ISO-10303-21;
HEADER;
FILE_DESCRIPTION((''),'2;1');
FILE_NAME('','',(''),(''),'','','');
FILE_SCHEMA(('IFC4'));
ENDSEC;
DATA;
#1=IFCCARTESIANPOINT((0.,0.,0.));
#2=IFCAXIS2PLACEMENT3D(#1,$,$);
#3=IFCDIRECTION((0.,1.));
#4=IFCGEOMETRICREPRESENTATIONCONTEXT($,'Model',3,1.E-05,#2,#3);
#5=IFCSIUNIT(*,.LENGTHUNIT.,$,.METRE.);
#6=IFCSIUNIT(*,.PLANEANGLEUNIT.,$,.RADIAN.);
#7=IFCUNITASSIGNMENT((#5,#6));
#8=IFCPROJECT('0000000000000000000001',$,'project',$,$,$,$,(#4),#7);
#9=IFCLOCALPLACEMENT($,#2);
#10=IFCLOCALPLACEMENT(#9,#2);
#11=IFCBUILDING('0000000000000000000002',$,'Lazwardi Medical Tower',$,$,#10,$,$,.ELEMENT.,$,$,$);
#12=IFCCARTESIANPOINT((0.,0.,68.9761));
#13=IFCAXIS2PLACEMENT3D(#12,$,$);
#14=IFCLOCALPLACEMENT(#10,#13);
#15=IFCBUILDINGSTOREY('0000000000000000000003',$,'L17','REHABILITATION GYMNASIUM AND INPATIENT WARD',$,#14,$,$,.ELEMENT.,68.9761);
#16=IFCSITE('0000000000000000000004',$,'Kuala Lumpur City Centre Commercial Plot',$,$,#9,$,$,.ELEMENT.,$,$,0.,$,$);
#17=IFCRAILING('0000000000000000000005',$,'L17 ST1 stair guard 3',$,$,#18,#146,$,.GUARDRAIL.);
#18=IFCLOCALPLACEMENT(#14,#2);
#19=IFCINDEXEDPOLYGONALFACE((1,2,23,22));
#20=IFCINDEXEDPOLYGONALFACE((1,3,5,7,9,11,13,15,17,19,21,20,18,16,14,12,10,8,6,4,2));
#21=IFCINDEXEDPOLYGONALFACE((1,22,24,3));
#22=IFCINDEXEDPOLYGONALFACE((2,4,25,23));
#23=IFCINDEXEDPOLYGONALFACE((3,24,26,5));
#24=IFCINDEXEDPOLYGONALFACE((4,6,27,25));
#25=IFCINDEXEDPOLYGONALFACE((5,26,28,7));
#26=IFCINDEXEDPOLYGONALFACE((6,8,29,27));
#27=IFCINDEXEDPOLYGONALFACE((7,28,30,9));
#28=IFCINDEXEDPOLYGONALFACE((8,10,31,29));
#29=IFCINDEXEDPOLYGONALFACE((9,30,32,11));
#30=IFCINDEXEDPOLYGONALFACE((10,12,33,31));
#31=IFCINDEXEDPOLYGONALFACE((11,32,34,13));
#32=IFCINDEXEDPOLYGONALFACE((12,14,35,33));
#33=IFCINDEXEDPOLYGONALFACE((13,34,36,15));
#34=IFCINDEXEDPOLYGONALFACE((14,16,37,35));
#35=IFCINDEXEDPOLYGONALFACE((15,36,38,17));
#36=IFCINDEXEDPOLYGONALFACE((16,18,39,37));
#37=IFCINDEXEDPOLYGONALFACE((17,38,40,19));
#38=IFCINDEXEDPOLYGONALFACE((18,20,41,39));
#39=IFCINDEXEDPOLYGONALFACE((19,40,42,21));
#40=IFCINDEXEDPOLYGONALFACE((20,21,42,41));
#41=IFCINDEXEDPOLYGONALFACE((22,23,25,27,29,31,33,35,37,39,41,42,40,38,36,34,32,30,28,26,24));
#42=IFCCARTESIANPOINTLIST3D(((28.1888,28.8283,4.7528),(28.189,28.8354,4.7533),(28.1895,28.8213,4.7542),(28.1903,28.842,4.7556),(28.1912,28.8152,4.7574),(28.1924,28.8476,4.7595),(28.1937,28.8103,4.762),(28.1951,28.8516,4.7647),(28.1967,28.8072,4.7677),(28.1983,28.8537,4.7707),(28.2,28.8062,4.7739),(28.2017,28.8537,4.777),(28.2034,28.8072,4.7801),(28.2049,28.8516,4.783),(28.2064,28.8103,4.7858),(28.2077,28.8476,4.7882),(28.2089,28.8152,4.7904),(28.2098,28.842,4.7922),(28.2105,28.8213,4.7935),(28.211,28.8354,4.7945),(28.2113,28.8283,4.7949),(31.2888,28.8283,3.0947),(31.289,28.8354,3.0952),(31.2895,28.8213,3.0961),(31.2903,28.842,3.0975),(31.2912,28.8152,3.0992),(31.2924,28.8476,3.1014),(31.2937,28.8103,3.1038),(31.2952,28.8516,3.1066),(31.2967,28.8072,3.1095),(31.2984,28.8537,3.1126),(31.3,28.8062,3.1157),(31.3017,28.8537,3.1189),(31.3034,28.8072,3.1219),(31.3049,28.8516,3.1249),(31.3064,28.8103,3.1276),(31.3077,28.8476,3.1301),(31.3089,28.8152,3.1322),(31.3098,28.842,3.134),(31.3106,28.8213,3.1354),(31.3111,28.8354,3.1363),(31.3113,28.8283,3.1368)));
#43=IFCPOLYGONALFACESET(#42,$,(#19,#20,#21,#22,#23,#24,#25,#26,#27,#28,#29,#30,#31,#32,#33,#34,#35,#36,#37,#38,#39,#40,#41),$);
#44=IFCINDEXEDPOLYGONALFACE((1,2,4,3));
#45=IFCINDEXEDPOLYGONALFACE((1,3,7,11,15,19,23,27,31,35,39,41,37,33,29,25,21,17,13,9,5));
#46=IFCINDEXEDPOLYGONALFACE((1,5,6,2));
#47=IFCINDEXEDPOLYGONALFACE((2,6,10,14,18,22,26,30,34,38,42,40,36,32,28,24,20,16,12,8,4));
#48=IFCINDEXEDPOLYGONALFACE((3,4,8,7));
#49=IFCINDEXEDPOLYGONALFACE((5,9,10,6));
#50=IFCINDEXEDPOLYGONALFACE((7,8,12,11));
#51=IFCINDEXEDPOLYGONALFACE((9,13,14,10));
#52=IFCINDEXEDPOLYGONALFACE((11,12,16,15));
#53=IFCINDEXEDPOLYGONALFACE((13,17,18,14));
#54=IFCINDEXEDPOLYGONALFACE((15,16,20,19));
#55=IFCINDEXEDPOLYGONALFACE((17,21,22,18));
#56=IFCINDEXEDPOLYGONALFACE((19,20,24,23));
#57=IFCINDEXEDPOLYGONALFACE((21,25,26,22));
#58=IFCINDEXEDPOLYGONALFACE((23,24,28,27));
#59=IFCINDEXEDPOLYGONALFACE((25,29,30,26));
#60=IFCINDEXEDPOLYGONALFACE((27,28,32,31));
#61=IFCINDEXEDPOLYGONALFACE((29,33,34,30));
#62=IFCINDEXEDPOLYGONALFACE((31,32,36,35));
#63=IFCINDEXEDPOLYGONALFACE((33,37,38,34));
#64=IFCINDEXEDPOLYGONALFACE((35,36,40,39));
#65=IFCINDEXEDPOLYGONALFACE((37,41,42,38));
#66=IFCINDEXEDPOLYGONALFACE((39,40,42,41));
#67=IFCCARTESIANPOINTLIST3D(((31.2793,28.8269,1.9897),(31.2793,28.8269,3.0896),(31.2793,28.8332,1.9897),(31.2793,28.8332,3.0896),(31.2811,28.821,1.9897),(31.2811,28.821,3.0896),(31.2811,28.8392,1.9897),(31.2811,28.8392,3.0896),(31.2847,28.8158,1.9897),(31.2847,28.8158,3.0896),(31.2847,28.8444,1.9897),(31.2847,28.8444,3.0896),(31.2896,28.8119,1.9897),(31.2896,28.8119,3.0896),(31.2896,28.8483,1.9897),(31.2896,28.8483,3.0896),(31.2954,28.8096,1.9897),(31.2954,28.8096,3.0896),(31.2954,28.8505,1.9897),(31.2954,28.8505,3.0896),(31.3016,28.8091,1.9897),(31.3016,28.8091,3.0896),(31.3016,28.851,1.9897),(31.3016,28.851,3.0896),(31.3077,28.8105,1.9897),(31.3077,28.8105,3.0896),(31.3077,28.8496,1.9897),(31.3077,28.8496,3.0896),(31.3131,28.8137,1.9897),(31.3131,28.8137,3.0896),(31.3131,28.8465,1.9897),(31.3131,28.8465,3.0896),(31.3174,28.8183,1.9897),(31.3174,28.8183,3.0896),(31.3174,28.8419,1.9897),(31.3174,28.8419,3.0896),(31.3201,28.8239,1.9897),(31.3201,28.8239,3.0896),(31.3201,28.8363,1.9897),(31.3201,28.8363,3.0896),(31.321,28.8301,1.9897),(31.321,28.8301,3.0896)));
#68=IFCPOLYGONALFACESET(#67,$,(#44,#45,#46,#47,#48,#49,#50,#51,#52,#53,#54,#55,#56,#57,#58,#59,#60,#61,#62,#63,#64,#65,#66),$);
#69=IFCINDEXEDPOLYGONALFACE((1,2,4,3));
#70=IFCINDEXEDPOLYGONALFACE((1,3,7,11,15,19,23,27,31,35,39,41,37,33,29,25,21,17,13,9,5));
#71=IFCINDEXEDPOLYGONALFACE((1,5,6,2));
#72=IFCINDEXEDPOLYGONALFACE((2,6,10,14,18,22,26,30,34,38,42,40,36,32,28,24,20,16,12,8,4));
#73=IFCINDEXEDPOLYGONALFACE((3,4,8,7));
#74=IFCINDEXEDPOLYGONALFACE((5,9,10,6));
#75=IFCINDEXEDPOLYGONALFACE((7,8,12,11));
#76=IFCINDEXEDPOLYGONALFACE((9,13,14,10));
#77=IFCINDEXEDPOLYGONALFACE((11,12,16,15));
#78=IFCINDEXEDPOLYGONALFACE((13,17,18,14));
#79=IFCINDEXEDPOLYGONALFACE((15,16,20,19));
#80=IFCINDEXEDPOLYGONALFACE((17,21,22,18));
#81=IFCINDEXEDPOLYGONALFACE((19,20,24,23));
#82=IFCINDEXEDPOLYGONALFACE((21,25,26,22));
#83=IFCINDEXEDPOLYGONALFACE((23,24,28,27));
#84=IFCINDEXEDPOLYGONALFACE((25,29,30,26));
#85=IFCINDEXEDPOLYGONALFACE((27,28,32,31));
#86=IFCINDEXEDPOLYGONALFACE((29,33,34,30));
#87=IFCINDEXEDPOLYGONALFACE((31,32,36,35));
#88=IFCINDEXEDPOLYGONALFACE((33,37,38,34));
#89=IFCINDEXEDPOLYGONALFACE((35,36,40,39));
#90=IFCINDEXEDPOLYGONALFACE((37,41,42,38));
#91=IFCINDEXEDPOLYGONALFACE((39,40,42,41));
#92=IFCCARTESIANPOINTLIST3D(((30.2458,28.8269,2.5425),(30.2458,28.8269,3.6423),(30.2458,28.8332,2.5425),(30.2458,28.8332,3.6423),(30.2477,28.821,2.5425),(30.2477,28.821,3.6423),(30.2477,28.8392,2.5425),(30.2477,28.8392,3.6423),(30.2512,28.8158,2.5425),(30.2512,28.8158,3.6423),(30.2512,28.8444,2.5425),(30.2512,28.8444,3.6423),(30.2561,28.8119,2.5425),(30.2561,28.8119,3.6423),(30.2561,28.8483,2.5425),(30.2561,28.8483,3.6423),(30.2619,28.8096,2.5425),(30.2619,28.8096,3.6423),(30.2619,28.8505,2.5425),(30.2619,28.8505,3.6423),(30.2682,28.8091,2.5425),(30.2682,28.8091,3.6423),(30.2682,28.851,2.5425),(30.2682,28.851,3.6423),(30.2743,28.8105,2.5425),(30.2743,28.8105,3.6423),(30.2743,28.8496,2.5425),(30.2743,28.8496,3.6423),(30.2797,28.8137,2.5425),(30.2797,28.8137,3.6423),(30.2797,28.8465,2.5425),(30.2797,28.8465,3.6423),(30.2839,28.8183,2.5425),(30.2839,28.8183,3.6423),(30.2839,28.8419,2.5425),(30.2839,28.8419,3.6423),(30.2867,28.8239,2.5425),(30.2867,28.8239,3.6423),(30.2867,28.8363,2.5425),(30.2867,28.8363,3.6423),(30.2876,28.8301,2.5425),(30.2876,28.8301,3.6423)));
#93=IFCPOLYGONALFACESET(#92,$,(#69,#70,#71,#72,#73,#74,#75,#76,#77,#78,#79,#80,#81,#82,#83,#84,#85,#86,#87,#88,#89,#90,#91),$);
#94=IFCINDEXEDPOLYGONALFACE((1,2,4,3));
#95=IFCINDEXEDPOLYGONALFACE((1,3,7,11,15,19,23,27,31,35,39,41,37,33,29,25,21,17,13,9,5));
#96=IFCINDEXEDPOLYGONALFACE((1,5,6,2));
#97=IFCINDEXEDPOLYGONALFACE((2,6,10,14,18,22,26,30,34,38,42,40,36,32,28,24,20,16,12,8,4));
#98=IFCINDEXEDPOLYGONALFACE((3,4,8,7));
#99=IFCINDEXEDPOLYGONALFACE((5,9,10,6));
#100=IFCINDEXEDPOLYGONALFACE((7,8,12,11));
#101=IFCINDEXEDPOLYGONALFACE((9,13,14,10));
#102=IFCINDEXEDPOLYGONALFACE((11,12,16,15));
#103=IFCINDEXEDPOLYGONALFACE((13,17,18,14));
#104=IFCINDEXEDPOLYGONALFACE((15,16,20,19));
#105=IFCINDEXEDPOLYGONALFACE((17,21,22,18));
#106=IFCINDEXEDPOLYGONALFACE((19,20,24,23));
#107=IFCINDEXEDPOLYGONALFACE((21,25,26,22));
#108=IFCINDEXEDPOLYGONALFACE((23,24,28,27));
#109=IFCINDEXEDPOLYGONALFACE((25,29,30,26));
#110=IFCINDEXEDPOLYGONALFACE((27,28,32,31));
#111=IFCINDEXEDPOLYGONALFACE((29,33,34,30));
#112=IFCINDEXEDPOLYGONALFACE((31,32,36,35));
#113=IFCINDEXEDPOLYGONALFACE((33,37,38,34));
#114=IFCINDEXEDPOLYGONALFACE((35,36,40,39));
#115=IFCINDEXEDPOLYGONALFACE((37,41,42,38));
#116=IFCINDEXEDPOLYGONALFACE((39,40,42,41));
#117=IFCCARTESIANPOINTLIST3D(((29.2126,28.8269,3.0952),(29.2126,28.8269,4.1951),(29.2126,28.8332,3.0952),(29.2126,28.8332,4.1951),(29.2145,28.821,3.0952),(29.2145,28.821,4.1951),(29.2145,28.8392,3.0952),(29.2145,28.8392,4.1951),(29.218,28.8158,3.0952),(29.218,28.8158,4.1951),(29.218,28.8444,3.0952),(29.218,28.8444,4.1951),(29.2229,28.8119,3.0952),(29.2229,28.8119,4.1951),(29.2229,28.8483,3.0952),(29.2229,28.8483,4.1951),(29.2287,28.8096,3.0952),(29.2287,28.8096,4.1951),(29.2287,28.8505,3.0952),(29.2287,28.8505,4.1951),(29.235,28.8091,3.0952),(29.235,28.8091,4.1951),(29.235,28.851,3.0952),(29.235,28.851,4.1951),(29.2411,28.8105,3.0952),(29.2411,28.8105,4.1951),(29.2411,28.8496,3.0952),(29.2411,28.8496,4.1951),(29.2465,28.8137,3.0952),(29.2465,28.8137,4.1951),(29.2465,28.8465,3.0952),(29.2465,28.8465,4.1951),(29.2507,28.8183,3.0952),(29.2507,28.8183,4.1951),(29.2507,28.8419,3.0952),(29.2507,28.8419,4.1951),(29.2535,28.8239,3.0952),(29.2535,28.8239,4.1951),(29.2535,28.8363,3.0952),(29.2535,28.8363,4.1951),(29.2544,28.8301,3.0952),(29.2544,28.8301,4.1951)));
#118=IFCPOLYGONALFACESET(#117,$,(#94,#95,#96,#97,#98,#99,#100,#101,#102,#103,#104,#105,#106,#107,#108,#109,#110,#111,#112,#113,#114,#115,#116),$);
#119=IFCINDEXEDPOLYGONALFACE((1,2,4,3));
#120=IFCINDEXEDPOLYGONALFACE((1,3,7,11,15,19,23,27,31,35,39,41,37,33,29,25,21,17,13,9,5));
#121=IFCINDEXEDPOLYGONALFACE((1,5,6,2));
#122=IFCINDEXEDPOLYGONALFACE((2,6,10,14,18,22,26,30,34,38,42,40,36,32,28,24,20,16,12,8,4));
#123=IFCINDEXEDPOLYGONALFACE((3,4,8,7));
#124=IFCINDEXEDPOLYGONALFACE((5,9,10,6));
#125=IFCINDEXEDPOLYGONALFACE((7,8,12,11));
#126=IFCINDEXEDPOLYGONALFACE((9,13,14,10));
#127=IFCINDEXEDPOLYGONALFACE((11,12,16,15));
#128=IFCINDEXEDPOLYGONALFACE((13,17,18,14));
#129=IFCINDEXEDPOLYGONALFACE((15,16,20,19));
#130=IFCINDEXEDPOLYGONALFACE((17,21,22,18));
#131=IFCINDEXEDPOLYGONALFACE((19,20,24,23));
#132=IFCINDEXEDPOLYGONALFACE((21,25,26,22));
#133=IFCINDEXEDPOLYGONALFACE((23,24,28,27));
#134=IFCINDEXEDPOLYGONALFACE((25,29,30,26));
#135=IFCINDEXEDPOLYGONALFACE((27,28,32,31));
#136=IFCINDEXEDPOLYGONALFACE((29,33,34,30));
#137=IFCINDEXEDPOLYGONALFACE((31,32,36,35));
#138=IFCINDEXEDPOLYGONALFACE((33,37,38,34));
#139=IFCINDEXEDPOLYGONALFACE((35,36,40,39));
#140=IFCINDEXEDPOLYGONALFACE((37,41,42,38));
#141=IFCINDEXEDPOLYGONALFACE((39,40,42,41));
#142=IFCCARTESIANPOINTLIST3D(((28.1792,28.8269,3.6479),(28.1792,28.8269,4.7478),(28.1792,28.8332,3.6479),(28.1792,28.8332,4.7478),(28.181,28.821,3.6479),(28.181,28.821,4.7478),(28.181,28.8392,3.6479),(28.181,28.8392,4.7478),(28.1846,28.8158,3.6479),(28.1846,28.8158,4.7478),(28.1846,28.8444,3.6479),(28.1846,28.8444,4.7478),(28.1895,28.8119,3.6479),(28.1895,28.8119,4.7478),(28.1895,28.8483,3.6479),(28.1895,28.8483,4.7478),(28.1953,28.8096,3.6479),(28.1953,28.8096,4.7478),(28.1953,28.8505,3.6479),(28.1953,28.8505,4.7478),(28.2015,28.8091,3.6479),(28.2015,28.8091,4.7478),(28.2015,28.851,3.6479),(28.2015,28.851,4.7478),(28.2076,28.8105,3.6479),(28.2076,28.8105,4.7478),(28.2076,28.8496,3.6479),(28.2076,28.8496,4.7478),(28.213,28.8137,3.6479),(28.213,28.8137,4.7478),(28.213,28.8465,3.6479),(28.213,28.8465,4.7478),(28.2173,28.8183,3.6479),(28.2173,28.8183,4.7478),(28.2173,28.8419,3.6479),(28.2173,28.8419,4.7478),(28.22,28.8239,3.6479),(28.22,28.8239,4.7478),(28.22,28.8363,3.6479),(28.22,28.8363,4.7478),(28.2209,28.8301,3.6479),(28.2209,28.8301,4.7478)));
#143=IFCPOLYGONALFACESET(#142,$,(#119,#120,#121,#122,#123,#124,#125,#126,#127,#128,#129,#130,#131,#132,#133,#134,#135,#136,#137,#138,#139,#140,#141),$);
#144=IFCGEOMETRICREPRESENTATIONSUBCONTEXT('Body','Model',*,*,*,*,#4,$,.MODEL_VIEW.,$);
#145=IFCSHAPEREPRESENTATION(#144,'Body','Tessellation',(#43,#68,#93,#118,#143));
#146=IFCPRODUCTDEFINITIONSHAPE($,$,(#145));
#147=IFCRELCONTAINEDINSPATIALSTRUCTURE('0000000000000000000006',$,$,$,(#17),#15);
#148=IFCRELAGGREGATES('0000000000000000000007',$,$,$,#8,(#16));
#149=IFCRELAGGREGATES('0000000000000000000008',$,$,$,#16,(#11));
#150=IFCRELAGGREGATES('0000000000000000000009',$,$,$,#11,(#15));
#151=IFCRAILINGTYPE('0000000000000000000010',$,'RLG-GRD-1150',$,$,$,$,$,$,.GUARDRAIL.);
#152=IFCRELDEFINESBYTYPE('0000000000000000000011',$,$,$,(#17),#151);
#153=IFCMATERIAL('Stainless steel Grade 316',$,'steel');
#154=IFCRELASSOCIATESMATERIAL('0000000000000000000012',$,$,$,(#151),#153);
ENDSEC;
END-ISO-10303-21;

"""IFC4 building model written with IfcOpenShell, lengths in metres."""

from ifc_helpers import new_model, si_unit, direction, frame, origin, origin_2d, place, context, subcontext, project, spatial, circle, extrude, material, type_object, element, save


model = new_model("IFC4")

# Units and contexts
model_context = context("Model", 3, precision=1e-05, world=origin(), true_north=direction((0.0, 1.0)))
body_context = subcontext(model_context, "Body", "Model", "MODEL_VIEW")
ifc_project = project(units=[si_unit("LENGTHUNIT", "METRE"), si_unit("PLANEANGLEUNIT", "RADIAN")], contexts=[model_context])

# Site, building, storey
site_placement = place(None, origin())
site = spatial("IfcSite", under=ifc_project, at=site_placement, Name="Kuala Lumpur City Centre Commercial Plot", CompositionType="ELEMENT", RefElevation=0.0)
building_placement = place(site_placement, origin())
building = spatial("IfcBuilding", under=site, at=building_placement, Name="Lazwardi Medical Tower", CompositionType="ELEMENT")
storey_placement = place(building_placement, frame((0.0, 0.0, 68.9761)))
storey = spatial("IfcBuildingStorey", under=building, at=storey_placement, Name="L17", Description="REHABILITATION GYMNASIUM AND INPATIENT WARD", CompositionType="ELEMENT", Elevation=68.9761)

# Railing
ifc_material_1 = material(Name="Stainless steel Grade 316", Category="steel")
railing_type_1 = type_object("IfcRailingType", Name="RLG-GRD-1150", PredefinedType="GUARDRAIL", material=ifc_material_1)
railing_1_placement = place(storey_placement, frame((31.3, 28.8301, 1.9897)))
element("IfcRailing", 1, at=railing_1_placement, inside=storey, type_object=railing_type_1, Name="L17 ST1 stair guard 3", PredefinedType="GUARDRAIL", context=body_context, shape_type="SweptSolid", body=[
    extrude(circle(Radius=0.0239, at=origin_2d()), frame((0.0, 0.0, 1.126), z_axis=(-0.881783, 0.0, 0.471655), x_axis=(0.0, -1.0, 0.0)), (0.0, 0.0, 1.0), 3.5156),
    extrude(circle(Radius=0.021, at=origin_2d()), origin(), (0.0, 0.0, 1.0), 1.0999),
    extrude(circle(Radius=0.021, at=origin_2d()), frame((-1.0334, 0.0, 0.5527)), (0.0, 0.0, 1.0), 1.0999),
    extrude(circle(Radius=0.021, at=origin_2d()), frame((-2.0667, 0.0, 1.1055)), (0.0, 0.0, 1.0), 1.0999),
    extrude(circle(Radius=0.021, at=origin_2d()), frame((-3.1001, 0.0, 1.6582)), (0.0, 0.0, 1.0), 1.0999),
])

save(model, "model.ifc")
